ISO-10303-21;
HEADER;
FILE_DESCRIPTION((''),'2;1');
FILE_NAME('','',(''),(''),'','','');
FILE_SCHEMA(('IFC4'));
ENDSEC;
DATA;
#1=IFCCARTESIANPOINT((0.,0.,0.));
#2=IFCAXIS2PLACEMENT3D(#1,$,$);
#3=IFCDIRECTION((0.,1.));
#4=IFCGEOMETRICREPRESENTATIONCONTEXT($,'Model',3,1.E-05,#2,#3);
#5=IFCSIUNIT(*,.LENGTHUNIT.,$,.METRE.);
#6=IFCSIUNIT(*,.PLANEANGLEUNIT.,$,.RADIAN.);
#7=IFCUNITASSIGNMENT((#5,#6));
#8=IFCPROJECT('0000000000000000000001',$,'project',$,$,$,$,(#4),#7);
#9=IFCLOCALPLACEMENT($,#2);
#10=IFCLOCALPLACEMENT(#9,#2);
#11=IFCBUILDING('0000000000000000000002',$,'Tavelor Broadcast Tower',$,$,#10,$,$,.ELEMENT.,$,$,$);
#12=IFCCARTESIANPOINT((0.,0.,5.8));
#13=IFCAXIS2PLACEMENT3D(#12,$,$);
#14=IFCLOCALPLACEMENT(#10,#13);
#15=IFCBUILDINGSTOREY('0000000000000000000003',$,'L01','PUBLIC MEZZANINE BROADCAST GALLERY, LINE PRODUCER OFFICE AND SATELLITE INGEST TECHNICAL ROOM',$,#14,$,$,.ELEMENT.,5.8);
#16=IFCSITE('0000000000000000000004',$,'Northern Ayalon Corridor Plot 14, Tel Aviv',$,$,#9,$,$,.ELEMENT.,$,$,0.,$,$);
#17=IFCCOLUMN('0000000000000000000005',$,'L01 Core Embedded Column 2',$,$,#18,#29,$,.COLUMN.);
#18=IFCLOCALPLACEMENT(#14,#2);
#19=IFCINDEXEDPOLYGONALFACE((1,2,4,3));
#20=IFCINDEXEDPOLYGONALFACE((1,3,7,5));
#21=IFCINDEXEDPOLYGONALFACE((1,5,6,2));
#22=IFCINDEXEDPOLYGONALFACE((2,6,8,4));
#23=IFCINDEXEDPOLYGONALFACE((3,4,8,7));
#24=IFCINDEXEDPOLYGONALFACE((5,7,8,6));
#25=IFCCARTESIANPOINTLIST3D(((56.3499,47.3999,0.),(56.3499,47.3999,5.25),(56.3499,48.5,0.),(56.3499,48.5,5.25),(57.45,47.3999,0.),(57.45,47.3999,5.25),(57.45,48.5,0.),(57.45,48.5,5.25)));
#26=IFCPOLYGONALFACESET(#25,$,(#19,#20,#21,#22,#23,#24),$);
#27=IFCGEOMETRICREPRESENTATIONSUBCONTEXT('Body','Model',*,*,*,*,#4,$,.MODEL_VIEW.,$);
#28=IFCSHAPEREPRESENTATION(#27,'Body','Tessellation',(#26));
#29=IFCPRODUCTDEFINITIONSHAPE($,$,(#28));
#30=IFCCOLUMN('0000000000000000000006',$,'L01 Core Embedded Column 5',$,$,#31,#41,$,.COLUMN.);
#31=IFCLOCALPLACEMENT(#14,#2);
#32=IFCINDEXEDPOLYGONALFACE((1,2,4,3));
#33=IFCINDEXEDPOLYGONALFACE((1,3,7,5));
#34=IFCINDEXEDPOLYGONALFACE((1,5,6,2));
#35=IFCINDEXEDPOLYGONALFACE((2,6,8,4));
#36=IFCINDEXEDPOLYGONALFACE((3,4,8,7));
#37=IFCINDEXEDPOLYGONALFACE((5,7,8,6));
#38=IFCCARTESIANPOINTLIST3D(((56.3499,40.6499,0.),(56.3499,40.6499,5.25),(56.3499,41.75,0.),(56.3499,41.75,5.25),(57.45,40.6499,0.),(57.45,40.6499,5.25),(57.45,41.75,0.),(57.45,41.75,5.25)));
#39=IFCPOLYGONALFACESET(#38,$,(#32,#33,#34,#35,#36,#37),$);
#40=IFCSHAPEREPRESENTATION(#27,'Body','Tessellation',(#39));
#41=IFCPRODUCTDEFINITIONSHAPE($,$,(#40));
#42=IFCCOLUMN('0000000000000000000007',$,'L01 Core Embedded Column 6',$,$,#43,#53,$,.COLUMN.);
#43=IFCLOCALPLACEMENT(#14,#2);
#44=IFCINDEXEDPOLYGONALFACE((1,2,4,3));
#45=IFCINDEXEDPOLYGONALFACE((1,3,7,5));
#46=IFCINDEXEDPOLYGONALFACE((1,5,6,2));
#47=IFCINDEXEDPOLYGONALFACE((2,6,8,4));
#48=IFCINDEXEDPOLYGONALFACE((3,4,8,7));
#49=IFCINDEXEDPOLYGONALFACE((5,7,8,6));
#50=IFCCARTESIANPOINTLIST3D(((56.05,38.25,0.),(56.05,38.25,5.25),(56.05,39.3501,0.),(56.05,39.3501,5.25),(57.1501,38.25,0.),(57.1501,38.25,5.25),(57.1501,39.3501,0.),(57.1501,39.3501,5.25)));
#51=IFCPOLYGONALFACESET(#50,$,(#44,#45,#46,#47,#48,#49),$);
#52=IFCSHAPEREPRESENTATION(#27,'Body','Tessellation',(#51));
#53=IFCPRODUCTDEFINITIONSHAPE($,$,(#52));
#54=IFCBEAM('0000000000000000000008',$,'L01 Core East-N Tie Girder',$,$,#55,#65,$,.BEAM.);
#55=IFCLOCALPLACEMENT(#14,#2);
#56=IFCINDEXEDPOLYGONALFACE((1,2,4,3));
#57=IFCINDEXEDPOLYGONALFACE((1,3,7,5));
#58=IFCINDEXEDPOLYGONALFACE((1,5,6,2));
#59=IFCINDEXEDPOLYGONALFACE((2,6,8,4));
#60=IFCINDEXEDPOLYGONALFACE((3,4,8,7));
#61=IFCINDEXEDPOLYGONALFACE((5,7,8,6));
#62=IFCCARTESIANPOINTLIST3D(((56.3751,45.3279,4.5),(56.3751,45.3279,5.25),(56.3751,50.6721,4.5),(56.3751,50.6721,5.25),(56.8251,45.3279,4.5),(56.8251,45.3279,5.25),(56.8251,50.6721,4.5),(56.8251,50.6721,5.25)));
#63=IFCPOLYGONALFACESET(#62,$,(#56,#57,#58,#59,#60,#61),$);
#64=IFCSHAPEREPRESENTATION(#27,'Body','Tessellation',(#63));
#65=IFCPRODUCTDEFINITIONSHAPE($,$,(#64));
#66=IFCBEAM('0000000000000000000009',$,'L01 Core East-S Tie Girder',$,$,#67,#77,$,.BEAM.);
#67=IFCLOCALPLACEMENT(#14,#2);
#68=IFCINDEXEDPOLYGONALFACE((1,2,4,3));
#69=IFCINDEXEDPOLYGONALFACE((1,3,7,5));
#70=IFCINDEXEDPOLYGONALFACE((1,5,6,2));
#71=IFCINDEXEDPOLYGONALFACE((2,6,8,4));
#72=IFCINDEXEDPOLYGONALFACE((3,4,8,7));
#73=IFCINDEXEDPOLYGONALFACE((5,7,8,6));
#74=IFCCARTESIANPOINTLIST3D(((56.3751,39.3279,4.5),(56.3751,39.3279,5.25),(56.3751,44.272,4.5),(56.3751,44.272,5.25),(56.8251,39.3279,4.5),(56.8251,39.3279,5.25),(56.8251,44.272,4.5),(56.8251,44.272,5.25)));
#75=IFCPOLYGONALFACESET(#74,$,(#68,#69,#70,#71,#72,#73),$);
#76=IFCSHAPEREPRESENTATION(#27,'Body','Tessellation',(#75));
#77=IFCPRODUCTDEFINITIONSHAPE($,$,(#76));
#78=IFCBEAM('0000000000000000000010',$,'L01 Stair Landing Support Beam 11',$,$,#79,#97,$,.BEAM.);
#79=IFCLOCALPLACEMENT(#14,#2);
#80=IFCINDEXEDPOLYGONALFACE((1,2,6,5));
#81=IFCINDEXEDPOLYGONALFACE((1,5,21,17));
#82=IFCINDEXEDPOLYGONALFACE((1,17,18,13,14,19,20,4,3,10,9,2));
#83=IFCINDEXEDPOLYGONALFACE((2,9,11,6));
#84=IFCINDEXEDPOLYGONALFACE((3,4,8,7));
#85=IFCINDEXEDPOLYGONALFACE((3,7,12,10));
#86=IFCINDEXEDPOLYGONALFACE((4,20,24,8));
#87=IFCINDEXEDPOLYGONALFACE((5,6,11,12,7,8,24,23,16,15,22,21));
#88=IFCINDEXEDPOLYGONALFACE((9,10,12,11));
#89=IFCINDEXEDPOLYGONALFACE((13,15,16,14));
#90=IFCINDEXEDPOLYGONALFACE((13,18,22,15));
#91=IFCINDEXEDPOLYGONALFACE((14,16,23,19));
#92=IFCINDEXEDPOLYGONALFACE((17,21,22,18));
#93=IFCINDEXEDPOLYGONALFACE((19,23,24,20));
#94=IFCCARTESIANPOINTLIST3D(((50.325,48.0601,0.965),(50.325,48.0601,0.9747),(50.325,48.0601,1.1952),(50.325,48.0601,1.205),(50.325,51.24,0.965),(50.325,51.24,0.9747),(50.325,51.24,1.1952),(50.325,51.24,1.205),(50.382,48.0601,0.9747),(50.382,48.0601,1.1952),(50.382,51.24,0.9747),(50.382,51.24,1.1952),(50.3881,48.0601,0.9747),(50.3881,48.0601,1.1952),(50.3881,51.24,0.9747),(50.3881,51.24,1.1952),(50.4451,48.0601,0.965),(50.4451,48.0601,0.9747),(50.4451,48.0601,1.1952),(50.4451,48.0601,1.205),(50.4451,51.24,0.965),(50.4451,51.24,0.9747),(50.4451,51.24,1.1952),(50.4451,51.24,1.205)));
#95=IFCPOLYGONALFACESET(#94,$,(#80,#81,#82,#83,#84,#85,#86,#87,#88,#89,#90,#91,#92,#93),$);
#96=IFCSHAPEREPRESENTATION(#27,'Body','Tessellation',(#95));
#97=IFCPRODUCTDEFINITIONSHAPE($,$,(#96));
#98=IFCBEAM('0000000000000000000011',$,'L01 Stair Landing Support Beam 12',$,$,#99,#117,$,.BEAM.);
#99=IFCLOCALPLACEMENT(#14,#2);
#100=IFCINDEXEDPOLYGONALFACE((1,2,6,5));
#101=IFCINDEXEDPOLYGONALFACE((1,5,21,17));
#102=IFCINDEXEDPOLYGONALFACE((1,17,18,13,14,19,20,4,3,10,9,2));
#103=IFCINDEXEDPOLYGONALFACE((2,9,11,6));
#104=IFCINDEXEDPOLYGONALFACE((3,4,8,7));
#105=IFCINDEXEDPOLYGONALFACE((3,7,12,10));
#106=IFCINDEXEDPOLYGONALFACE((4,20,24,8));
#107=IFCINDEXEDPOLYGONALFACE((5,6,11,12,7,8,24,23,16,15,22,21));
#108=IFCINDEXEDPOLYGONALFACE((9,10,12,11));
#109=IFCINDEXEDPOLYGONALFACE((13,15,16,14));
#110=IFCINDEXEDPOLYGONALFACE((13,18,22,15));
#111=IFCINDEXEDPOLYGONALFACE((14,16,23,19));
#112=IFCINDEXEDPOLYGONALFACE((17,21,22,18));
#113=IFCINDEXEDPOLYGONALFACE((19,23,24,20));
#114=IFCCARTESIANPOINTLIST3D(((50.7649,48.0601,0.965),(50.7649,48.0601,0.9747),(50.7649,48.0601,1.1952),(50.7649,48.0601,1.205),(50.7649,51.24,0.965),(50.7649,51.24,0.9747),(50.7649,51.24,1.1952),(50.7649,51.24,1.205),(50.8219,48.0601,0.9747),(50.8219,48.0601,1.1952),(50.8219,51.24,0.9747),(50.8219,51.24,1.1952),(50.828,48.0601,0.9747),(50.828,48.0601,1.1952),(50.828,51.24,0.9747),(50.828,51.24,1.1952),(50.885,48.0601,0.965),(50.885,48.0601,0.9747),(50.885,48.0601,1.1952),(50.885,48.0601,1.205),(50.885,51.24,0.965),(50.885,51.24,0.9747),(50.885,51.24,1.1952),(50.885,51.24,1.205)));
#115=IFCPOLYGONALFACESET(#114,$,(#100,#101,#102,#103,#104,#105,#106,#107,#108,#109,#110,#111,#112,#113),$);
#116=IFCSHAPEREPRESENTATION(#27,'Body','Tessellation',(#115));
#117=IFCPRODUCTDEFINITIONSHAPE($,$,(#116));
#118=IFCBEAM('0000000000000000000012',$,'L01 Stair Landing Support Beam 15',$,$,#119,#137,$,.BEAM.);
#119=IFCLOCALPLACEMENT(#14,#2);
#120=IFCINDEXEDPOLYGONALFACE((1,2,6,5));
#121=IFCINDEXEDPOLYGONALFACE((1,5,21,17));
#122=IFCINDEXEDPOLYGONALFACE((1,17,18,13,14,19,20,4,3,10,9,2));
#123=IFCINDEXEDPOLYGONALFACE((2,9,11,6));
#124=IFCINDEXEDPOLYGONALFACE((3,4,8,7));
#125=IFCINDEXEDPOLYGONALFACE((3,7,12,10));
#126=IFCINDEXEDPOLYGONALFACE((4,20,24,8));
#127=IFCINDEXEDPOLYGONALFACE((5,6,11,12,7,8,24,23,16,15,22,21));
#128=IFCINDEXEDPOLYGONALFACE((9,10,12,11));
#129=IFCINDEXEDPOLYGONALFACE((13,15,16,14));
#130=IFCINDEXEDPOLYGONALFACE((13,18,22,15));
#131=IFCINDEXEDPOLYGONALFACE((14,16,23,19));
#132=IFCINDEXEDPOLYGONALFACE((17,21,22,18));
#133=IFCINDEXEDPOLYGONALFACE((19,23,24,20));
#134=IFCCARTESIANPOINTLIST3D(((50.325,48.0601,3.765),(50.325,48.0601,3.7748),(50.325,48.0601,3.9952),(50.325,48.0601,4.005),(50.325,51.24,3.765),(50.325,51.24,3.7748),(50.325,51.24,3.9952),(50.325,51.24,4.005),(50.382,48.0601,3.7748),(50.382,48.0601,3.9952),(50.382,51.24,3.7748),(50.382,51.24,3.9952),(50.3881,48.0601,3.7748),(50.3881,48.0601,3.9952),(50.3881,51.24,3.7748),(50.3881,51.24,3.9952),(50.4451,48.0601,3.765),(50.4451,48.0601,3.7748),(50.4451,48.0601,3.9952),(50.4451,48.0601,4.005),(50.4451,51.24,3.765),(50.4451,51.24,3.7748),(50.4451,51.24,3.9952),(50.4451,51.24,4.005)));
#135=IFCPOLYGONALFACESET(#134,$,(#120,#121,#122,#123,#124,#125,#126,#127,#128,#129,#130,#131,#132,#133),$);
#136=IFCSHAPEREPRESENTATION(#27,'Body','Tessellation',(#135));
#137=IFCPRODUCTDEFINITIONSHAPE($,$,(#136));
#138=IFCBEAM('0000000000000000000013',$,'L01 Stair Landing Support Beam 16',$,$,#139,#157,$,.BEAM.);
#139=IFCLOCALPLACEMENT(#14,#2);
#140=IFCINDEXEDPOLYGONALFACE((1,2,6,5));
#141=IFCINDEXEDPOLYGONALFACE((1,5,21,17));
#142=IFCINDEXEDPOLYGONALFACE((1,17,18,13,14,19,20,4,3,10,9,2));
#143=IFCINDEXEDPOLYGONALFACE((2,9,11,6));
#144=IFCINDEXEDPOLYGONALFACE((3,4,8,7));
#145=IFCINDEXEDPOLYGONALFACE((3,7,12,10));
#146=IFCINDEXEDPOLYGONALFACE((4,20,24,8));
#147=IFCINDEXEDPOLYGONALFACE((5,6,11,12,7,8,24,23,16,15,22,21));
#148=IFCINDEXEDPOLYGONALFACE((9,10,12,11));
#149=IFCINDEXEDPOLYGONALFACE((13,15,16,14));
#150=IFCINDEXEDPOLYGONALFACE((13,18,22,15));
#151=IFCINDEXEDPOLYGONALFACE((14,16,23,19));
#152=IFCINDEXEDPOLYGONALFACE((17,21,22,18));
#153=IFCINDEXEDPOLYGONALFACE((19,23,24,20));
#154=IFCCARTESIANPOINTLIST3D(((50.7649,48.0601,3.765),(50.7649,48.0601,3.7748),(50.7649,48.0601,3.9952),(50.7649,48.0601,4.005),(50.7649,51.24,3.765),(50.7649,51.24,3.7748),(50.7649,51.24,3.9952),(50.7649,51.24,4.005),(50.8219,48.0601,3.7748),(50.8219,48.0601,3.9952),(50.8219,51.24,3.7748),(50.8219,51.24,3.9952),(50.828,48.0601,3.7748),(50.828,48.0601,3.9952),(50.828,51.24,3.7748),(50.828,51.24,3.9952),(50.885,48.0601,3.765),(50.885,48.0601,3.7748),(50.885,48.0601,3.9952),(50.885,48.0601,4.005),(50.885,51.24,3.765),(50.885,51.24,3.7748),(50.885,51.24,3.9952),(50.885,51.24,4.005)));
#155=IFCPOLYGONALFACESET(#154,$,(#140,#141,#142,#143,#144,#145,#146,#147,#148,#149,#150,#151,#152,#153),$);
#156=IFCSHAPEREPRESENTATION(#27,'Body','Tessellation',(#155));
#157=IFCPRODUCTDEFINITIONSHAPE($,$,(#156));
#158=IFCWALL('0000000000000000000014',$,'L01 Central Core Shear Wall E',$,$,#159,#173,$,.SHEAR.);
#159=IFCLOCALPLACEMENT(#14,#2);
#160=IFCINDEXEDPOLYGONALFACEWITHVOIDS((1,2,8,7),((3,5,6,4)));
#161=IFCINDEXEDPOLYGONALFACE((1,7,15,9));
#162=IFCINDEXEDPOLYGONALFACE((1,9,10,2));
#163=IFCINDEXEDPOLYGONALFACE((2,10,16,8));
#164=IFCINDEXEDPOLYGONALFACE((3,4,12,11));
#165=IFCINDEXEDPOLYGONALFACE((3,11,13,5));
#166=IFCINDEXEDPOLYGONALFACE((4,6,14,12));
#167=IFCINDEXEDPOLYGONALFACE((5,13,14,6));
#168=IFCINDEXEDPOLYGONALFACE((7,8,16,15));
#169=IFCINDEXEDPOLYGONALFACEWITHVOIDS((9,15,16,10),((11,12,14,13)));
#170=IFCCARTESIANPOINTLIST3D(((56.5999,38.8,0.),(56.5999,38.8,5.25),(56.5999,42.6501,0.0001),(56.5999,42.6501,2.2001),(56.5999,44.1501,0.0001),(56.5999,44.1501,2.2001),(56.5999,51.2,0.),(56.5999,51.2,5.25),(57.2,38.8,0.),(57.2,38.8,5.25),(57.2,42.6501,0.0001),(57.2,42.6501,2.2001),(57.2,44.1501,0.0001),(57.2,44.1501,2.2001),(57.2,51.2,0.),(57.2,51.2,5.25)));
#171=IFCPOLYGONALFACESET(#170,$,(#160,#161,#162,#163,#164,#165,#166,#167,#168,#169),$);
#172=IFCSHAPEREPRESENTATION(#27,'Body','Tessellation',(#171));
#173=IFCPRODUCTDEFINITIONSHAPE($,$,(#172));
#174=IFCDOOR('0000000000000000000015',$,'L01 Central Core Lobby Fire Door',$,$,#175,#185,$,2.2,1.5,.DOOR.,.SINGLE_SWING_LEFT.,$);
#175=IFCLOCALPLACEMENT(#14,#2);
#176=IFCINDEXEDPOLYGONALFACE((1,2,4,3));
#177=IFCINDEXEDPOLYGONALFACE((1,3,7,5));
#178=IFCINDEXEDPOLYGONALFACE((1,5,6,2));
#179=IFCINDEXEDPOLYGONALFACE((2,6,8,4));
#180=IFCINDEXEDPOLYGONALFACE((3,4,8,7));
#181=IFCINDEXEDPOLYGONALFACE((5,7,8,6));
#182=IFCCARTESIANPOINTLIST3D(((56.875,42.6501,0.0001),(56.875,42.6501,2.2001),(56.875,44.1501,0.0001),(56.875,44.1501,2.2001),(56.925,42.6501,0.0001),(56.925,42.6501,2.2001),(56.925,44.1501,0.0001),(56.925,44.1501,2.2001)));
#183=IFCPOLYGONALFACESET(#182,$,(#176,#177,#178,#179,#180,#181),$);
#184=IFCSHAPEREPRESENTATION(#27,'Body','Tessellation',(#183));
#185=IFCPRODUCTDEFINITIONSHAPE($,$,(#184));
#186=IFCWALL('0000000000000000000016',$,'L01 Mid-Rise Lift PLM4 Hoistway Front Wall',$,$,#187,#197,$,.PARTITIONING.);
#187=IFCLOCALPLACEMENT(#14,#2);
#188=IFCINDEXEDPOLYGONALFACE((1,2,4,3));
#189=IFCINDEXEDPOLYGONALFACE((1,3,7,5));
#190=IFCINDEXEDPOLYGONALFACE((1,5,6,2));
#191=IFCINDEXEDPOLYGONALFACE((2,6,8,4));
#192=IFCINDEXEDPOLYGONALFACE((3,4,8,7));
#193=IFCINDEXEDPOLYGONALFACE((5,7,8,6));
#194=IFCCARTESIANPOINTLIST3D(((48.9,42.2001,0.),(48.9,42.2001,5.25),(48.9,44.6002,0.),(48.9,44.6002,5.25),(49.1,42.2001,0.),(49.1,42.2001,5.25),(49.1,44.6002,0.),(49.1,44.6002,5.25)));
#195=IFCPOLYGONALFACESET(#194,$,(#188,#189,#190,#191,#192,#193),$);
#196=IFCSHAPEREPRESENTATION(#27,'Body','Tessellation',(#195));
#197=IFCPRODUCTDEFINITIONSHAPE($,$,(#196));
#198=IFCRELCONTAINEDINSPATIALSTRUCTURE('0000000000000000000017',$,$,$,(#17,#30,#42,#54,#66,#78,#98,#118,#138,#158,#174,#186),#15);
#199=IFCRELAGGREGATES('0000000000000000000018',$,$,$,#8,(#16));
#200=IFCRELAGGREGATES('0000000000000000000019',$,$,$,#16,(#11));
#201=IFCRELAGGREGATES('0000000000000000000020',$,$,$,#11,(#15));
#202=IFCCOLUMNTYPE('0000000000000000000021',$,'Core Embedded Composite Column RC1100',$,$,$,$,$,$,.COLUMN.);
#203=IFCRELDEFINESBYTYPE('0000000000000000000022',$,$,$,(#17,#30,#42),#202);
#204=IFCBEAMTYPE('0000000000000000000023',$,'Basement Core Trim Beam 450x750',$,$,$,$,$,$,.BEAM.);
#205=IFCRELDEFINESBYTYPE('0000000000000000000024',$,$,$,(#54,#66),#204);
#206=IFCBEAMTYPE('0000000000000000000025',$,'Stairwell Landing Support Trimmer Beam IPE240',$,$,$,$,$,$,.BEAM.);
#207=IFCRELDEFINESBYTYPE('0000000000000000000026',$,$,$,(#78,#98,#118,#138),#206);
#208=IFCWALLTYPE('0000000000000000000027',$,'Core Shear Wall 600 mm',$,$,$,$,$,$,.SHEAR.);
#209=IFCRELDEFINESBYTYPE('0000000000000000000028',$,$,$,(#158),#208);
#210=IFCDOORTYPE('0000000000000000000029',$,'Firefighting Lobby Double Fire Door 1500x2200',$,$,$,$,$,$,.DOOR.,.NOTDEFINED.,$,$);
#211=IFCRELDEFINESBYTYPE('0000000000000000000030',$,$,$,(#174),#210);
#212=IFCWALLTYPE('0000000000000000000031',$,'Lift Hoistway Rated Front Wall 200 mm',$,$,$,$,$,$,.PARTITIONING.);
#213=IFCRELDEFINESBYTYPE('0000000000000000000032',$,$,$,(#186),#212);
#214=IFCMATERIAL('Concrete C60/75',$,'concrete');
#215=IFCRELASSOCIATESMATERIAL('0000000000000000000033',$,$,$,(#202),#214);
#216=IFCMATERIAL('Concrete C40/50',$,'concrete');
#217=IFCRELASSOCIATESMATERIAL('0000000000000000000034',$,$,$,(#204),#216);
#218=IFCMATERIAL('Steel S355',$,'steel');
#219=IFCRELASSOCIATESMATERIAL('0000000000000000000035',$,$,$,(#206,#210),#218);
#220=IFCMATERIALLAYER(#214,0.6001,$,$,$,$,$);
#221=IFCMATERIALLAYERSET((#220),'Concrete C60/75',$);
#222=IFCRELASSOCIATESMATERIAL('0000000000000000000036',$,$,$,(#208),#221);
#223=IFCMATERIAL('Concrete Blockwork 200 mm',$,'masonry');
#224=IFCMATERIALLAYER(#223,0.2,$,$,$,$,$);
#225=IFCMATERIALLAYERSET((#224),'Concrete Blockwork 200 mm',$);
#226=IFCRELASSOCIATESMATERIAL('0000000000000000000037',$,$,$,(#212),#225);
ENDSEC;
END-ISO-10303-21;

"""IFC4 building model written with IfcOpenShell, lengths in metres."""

from ifc_helpers import new_model, si_unit, direction, frame, frame_2d, origin, origin_2d, place, context, subcontext, project, spatial, rectangle, i_section, extrude, material, layer, layer_set, material_profile, profile_set, type_object, element, fill, save


model = new_model("IFC4")

# Units and contexts
model_context = context("Model", 3, precision=1e-05, world=origin(), true_north=direction((0.0, 1.0)))
body_context = subcontext(model_context, "Body", "Model", "MODEL_VIEW")
ifc_project = project(units=[si_unit("LENGTHUNIT", "METRE"), si_unit("PLANEANGLEUNIT", "RADIAN")], contexts=[model_context])

# Site, building, storey
site_placement = place(None, origin())
site = spatial("IfcSite", under=ifc_project, at=site_placement, Name="Northern Ayalon Corridor Plot 14, Tel Aviv", CompositionType="ELEMENT", RefElevation=0.0)
building_placement = place(site_placement, origin())
building = spatial("IfcBuilding", under=site, at=building_placement, Name="Tavelor Broadcast Tower", CompositionType="ELEMENT")
storey_placement = place(building_placement, frame((0.0, 0.0, 5.8)))
storey = spatial("IfcBuildingStorey", under=building, at=storey_placement, Name="L01", Description="PUBLIC MEZZANINE BROADCAST GALLERY, LINE PRODUCER OFFICE AND SATELLITE INGEST TECHNICAL ROOM", CompositionType="ELEMENT", Elevation=5.8)

# Columns
ifc_material_1 = material(Name="Concrete C60/75", Category="concrete")
ifc_material_profile_1 = material_profile(ifc_material_1, rectangle(XDim=1.1001, YDim=1.1001, at=origin_2d()), Name="RC 1100x1100")
ifc_profile_set_1 = profile_set([ifc_material_profile_1], Name="Concrete C60/75")
column_type = type_object("IfcColumnType", Name="Core Embedded Composite Column RC1100", PredefinedType="COLUMN", material=ifc_profile_set_1)
for number, where, z_axis, x_axis, name in (
    (1, (56.8999, 47.95, 0.0), (0.0, 0.0, 1.0), (1.0, 0.0, 0.0), "L01 Core Embedded Column 2"),
    (2, (56.8999, 41.2, 0.0), (0.0, 0.0, 1.0), (1.0, 0.0, 0.0), "L01 Core Embedded Column 5"),
    (3, (56.6001, 38.8, 0.0), (0.0, 0.0, 1.0), (1.0, 0.0, 0.0), "L01 Core Embedded Column 6"),
):
    element("IfcColumn", number, at=place(storey_placement, frame(where, z_axis=z_axis, x_axis=x_axis)), inside=storey, type_object=column_type, Name=name, PredefinedType="COLUMN", context=body_context, shape_type="SweptSolid", body=[
        extrude(rectangle(XDim=1.1001, YDim=1.1001, at=origin_2d()), origin(), (0.0, 0.0, 1.0), 5.25),
    ])

# Beams
ifc_material_2 = material(Name="Concrete C40/50", Category="concrete")
ifc_material_profile_2 = material_profile(ifc_material_2, rectangle(XDim=0.45, YDim=0.75, at=origin_2d()), Name="RC 450x750")
ifc_profile_set_2 = profile_set([ifc_material_profile_2], Name="Concrete C40/50")
beam_type_1 = type_object("IfcBeamType", Name="Basement Core Trim Beam 450x750", PredefinedType="BEAM", material=ifc_profile_set_2)
beam_1_placement = place(storey_placement, frame((56.6001, 45.3279, 4.875), z_axis=(0.0, 1.0, 0.0), x_axis=(-1.0, 0.0, 0.0)))
element("IfcBeam", 4, at=beam_1_placement, inside=storey, type_object=beam_type_1, Name="L01 Core East-N Tie Girder", PredefinedType="BEAM", context=body_context, shape_type="SweptSolid", body=[
    extrude(rectangle(XDim=0.45, YDim=0.75, at=origin_2d()), origin(), (0.0, 0.0, 1.0), 5.3442),
])
beam_2_placement = place(storey_placement, frame((56.6001, 39.3279, 4.875), z_axis=(0.0, 1.0, 0.0), x_axis=(-1.0, 0.0, 0.0)))
element("IfcBeam", 5, at=beam_2_placement, inside=storey, type_object=beam_type_1, Name="L01 Core East-S Tie Girder", PredefinedType="BEAM", context=body_context, shape_type="SweptSolid", body=[
    extrude(rectangle(XDim=0.45, YDim=0.75, at=origin_2d()), origin(), (0.0, 0.0, 1.0), 4.9441),
])
ifc_material_3 = material(Name="Steel S355", Category="steel")
ifc_material_profile_3 = material_profile(ifc_material_3, i_section(OverallWidth=0.1201, OverallDepth=0.24, WebThickness=0.0061, FlangeThickness=0.0098, at=origin_2d()), Name="IPE 240")
ifc_profile_set_3 = profile_set([ifc_material_profile_3], Name="Steel S355")
beam_type_2 = type_object("IfcBeamType", Name="Stairwell Landing Support Trimmer Beam IPE240", PredefinedType="BEAM", material=ifc_profile_set_3)
for number, where, z_axis, x_axis, name in (
    (6, (50.385, 48.0601, 1.085), (0.0, 1.0, 0.0), (-1.0, 0.0, 0.0), "L01 Stair Landing Support Beam 11"),
    (7, (50.825, 48.0601, 1.085), (0.0, 1.0, 0.0), (-1.0, 0.0, 0.0), "L01 Stair Landing Support Beam 12"),
    (8, (50.385, 48.0601, 3.885), (0.0, 1.0, 0.0), (-1.0, 0.0, 0.0), "L01 Stair Landing Support Beam 15"),
    (9, (50.825, 48.0601, 3.885), (0.0, 1.0, 0.0), (-1.0, 0.0, 0.0), "L01 Stair Landing Support Beam 16"),
):
    element("IfcBeam", number, at=place(storey_placement, frame(where, z_axis=z_axis, x_axis=x_axis)), inside=storey, type_object=beam_type_2, Name=name, PredefinedType="BEAM", context=body_context, shape_type="SweptSolid", body=[
        extrude(i_section(OverallWidth=0.1201, OverallDepth=0.24, WebThickness=0.0061, FlangeThickness=0.0098, at=origin_2d()), origin(), (0.0, 0.0, 1.0), 3.1799),
    ])

# Wall, opening, door
ifc_layer_1 = layer(ifc_material_1, 0.6001)
ifc_layer_set_1 = layer_set([ifc_layer_1], Name="Concrete C60/75")
wall_type_1 = type_object("IfcWallType", Name="Core Shear Wall 600 mm", PredefinedType="SHEAR", material=ifc_layer_set_1)
wall_1_placement = place(storey_placement, frame((56.8999, 38.8, 0.0), z_axis=(0.0, 0.0, 1.0), x_axis=(0.0, 1.0, 0.0)))
wall_1 = element("IfcWall", 10, at=wall_1_placement, inside=storey, type_object=wall_type_1, Name="L01 Central Core Shear Wall E", PredefinedType="SHEAR", context=body_context, shape_type="SweptSolid", body=[
    extrude(rectangle(XDim=12.3999, YDim=0.6001, at=frame_2d((6.2, 0.0))), origin(), (0.0, 0.0, 1.0), 5.25),
])
opening_1_placement = place(wall_1_placement, frame((3.8501, 0.0, 0.0)))
opening_1 = element("IfcOpeningElement", 11, at=opening_1_placement, cuts=wall_1, PredefinedType="OPENING", context=body_context, shape_type="SweptSolid", body=[
    extrude(rectangle(XDim=1.5, YDim=2.2, at=frame_2d((0.75, 1.1001))), frame((0.0, 0.3101, 0.0), z_axis=(0.0, -1.0, 0.0), x_axis=(1.0, 0.0, 0.0)), (0.0, 0.0, 1.0), 0.6201),
])
door_type = type_object("IfcDoorType", Name="Firefighting Lobby Double Fire Door 1500x2200", OperationType="NOTDEFINED", PredefinedType="DOOR", material=ifc_material_3)
door_1_placement = place(opening_1_placement, origin())
door_1 = element("IfcDoor", 12, at=door_1_placement, inside=storey, type_object=door_type, Name="L01 Central Core Lobby Fire Door", OperationType="SINGLE_SWING_LEFT", OverallHeight=2.2, OverallWidth=1.5, PredefinedType="DOOR", context=body_context, shape_type="SweptSolid", body=[
    extrude(rectangle(XDim=1.5, YDim=2.2, at=frame_2d((0.75, 1.1001))), frame((0.0, 0.0249, 0.0), z_axis=(0.0, -1.0, 0.0), x_axis=(1.0, 0.0, 0.0)), (0.0, 0.0, 1.0), 0.05),
])
fill(opening_1, door_1)

# Wall
ifc_material_4 = material(Name="Concrete Blockwork 200 mm", Category="masonry")
ifc_layer_2 = layer(ifc_material_4, 0.2)
ifc_layer_set_2 = layer_set([ifc_layer_2], Name="Concrete Blockwork 200 mm")
wall_type_2 = type_object("IfcWallType", Name="Lift Hoistway Rated Front Wall 200 mm", PredefinedType="PARTITIONING", material=ifc_layer_set_2)
wall_2_placement = place(storey_placement, frame((49.0, 42.2, 0.0), z_axis=(0.0, 0.0, 1.0), x_axis=(0.0, 1.0, 0.0)))
element("IfcWall", 13, at=wall_2_placement, inside=storey, type_object=wall_type_2, Name="L01 Mid-Rise Lift PLM4 Hoistway Front Wall", PredefinedType="PARTITIONING", context=body_context, shape_type="SweptSolid", body=[
    extrude(rectangle(XDim=2.4001, YDim=0.2, at=frame_2d((1.2002, 0.0))), origin(), (0.0, 0.0, 1.0), 5.25),
])

save(model, "model.ifc")
